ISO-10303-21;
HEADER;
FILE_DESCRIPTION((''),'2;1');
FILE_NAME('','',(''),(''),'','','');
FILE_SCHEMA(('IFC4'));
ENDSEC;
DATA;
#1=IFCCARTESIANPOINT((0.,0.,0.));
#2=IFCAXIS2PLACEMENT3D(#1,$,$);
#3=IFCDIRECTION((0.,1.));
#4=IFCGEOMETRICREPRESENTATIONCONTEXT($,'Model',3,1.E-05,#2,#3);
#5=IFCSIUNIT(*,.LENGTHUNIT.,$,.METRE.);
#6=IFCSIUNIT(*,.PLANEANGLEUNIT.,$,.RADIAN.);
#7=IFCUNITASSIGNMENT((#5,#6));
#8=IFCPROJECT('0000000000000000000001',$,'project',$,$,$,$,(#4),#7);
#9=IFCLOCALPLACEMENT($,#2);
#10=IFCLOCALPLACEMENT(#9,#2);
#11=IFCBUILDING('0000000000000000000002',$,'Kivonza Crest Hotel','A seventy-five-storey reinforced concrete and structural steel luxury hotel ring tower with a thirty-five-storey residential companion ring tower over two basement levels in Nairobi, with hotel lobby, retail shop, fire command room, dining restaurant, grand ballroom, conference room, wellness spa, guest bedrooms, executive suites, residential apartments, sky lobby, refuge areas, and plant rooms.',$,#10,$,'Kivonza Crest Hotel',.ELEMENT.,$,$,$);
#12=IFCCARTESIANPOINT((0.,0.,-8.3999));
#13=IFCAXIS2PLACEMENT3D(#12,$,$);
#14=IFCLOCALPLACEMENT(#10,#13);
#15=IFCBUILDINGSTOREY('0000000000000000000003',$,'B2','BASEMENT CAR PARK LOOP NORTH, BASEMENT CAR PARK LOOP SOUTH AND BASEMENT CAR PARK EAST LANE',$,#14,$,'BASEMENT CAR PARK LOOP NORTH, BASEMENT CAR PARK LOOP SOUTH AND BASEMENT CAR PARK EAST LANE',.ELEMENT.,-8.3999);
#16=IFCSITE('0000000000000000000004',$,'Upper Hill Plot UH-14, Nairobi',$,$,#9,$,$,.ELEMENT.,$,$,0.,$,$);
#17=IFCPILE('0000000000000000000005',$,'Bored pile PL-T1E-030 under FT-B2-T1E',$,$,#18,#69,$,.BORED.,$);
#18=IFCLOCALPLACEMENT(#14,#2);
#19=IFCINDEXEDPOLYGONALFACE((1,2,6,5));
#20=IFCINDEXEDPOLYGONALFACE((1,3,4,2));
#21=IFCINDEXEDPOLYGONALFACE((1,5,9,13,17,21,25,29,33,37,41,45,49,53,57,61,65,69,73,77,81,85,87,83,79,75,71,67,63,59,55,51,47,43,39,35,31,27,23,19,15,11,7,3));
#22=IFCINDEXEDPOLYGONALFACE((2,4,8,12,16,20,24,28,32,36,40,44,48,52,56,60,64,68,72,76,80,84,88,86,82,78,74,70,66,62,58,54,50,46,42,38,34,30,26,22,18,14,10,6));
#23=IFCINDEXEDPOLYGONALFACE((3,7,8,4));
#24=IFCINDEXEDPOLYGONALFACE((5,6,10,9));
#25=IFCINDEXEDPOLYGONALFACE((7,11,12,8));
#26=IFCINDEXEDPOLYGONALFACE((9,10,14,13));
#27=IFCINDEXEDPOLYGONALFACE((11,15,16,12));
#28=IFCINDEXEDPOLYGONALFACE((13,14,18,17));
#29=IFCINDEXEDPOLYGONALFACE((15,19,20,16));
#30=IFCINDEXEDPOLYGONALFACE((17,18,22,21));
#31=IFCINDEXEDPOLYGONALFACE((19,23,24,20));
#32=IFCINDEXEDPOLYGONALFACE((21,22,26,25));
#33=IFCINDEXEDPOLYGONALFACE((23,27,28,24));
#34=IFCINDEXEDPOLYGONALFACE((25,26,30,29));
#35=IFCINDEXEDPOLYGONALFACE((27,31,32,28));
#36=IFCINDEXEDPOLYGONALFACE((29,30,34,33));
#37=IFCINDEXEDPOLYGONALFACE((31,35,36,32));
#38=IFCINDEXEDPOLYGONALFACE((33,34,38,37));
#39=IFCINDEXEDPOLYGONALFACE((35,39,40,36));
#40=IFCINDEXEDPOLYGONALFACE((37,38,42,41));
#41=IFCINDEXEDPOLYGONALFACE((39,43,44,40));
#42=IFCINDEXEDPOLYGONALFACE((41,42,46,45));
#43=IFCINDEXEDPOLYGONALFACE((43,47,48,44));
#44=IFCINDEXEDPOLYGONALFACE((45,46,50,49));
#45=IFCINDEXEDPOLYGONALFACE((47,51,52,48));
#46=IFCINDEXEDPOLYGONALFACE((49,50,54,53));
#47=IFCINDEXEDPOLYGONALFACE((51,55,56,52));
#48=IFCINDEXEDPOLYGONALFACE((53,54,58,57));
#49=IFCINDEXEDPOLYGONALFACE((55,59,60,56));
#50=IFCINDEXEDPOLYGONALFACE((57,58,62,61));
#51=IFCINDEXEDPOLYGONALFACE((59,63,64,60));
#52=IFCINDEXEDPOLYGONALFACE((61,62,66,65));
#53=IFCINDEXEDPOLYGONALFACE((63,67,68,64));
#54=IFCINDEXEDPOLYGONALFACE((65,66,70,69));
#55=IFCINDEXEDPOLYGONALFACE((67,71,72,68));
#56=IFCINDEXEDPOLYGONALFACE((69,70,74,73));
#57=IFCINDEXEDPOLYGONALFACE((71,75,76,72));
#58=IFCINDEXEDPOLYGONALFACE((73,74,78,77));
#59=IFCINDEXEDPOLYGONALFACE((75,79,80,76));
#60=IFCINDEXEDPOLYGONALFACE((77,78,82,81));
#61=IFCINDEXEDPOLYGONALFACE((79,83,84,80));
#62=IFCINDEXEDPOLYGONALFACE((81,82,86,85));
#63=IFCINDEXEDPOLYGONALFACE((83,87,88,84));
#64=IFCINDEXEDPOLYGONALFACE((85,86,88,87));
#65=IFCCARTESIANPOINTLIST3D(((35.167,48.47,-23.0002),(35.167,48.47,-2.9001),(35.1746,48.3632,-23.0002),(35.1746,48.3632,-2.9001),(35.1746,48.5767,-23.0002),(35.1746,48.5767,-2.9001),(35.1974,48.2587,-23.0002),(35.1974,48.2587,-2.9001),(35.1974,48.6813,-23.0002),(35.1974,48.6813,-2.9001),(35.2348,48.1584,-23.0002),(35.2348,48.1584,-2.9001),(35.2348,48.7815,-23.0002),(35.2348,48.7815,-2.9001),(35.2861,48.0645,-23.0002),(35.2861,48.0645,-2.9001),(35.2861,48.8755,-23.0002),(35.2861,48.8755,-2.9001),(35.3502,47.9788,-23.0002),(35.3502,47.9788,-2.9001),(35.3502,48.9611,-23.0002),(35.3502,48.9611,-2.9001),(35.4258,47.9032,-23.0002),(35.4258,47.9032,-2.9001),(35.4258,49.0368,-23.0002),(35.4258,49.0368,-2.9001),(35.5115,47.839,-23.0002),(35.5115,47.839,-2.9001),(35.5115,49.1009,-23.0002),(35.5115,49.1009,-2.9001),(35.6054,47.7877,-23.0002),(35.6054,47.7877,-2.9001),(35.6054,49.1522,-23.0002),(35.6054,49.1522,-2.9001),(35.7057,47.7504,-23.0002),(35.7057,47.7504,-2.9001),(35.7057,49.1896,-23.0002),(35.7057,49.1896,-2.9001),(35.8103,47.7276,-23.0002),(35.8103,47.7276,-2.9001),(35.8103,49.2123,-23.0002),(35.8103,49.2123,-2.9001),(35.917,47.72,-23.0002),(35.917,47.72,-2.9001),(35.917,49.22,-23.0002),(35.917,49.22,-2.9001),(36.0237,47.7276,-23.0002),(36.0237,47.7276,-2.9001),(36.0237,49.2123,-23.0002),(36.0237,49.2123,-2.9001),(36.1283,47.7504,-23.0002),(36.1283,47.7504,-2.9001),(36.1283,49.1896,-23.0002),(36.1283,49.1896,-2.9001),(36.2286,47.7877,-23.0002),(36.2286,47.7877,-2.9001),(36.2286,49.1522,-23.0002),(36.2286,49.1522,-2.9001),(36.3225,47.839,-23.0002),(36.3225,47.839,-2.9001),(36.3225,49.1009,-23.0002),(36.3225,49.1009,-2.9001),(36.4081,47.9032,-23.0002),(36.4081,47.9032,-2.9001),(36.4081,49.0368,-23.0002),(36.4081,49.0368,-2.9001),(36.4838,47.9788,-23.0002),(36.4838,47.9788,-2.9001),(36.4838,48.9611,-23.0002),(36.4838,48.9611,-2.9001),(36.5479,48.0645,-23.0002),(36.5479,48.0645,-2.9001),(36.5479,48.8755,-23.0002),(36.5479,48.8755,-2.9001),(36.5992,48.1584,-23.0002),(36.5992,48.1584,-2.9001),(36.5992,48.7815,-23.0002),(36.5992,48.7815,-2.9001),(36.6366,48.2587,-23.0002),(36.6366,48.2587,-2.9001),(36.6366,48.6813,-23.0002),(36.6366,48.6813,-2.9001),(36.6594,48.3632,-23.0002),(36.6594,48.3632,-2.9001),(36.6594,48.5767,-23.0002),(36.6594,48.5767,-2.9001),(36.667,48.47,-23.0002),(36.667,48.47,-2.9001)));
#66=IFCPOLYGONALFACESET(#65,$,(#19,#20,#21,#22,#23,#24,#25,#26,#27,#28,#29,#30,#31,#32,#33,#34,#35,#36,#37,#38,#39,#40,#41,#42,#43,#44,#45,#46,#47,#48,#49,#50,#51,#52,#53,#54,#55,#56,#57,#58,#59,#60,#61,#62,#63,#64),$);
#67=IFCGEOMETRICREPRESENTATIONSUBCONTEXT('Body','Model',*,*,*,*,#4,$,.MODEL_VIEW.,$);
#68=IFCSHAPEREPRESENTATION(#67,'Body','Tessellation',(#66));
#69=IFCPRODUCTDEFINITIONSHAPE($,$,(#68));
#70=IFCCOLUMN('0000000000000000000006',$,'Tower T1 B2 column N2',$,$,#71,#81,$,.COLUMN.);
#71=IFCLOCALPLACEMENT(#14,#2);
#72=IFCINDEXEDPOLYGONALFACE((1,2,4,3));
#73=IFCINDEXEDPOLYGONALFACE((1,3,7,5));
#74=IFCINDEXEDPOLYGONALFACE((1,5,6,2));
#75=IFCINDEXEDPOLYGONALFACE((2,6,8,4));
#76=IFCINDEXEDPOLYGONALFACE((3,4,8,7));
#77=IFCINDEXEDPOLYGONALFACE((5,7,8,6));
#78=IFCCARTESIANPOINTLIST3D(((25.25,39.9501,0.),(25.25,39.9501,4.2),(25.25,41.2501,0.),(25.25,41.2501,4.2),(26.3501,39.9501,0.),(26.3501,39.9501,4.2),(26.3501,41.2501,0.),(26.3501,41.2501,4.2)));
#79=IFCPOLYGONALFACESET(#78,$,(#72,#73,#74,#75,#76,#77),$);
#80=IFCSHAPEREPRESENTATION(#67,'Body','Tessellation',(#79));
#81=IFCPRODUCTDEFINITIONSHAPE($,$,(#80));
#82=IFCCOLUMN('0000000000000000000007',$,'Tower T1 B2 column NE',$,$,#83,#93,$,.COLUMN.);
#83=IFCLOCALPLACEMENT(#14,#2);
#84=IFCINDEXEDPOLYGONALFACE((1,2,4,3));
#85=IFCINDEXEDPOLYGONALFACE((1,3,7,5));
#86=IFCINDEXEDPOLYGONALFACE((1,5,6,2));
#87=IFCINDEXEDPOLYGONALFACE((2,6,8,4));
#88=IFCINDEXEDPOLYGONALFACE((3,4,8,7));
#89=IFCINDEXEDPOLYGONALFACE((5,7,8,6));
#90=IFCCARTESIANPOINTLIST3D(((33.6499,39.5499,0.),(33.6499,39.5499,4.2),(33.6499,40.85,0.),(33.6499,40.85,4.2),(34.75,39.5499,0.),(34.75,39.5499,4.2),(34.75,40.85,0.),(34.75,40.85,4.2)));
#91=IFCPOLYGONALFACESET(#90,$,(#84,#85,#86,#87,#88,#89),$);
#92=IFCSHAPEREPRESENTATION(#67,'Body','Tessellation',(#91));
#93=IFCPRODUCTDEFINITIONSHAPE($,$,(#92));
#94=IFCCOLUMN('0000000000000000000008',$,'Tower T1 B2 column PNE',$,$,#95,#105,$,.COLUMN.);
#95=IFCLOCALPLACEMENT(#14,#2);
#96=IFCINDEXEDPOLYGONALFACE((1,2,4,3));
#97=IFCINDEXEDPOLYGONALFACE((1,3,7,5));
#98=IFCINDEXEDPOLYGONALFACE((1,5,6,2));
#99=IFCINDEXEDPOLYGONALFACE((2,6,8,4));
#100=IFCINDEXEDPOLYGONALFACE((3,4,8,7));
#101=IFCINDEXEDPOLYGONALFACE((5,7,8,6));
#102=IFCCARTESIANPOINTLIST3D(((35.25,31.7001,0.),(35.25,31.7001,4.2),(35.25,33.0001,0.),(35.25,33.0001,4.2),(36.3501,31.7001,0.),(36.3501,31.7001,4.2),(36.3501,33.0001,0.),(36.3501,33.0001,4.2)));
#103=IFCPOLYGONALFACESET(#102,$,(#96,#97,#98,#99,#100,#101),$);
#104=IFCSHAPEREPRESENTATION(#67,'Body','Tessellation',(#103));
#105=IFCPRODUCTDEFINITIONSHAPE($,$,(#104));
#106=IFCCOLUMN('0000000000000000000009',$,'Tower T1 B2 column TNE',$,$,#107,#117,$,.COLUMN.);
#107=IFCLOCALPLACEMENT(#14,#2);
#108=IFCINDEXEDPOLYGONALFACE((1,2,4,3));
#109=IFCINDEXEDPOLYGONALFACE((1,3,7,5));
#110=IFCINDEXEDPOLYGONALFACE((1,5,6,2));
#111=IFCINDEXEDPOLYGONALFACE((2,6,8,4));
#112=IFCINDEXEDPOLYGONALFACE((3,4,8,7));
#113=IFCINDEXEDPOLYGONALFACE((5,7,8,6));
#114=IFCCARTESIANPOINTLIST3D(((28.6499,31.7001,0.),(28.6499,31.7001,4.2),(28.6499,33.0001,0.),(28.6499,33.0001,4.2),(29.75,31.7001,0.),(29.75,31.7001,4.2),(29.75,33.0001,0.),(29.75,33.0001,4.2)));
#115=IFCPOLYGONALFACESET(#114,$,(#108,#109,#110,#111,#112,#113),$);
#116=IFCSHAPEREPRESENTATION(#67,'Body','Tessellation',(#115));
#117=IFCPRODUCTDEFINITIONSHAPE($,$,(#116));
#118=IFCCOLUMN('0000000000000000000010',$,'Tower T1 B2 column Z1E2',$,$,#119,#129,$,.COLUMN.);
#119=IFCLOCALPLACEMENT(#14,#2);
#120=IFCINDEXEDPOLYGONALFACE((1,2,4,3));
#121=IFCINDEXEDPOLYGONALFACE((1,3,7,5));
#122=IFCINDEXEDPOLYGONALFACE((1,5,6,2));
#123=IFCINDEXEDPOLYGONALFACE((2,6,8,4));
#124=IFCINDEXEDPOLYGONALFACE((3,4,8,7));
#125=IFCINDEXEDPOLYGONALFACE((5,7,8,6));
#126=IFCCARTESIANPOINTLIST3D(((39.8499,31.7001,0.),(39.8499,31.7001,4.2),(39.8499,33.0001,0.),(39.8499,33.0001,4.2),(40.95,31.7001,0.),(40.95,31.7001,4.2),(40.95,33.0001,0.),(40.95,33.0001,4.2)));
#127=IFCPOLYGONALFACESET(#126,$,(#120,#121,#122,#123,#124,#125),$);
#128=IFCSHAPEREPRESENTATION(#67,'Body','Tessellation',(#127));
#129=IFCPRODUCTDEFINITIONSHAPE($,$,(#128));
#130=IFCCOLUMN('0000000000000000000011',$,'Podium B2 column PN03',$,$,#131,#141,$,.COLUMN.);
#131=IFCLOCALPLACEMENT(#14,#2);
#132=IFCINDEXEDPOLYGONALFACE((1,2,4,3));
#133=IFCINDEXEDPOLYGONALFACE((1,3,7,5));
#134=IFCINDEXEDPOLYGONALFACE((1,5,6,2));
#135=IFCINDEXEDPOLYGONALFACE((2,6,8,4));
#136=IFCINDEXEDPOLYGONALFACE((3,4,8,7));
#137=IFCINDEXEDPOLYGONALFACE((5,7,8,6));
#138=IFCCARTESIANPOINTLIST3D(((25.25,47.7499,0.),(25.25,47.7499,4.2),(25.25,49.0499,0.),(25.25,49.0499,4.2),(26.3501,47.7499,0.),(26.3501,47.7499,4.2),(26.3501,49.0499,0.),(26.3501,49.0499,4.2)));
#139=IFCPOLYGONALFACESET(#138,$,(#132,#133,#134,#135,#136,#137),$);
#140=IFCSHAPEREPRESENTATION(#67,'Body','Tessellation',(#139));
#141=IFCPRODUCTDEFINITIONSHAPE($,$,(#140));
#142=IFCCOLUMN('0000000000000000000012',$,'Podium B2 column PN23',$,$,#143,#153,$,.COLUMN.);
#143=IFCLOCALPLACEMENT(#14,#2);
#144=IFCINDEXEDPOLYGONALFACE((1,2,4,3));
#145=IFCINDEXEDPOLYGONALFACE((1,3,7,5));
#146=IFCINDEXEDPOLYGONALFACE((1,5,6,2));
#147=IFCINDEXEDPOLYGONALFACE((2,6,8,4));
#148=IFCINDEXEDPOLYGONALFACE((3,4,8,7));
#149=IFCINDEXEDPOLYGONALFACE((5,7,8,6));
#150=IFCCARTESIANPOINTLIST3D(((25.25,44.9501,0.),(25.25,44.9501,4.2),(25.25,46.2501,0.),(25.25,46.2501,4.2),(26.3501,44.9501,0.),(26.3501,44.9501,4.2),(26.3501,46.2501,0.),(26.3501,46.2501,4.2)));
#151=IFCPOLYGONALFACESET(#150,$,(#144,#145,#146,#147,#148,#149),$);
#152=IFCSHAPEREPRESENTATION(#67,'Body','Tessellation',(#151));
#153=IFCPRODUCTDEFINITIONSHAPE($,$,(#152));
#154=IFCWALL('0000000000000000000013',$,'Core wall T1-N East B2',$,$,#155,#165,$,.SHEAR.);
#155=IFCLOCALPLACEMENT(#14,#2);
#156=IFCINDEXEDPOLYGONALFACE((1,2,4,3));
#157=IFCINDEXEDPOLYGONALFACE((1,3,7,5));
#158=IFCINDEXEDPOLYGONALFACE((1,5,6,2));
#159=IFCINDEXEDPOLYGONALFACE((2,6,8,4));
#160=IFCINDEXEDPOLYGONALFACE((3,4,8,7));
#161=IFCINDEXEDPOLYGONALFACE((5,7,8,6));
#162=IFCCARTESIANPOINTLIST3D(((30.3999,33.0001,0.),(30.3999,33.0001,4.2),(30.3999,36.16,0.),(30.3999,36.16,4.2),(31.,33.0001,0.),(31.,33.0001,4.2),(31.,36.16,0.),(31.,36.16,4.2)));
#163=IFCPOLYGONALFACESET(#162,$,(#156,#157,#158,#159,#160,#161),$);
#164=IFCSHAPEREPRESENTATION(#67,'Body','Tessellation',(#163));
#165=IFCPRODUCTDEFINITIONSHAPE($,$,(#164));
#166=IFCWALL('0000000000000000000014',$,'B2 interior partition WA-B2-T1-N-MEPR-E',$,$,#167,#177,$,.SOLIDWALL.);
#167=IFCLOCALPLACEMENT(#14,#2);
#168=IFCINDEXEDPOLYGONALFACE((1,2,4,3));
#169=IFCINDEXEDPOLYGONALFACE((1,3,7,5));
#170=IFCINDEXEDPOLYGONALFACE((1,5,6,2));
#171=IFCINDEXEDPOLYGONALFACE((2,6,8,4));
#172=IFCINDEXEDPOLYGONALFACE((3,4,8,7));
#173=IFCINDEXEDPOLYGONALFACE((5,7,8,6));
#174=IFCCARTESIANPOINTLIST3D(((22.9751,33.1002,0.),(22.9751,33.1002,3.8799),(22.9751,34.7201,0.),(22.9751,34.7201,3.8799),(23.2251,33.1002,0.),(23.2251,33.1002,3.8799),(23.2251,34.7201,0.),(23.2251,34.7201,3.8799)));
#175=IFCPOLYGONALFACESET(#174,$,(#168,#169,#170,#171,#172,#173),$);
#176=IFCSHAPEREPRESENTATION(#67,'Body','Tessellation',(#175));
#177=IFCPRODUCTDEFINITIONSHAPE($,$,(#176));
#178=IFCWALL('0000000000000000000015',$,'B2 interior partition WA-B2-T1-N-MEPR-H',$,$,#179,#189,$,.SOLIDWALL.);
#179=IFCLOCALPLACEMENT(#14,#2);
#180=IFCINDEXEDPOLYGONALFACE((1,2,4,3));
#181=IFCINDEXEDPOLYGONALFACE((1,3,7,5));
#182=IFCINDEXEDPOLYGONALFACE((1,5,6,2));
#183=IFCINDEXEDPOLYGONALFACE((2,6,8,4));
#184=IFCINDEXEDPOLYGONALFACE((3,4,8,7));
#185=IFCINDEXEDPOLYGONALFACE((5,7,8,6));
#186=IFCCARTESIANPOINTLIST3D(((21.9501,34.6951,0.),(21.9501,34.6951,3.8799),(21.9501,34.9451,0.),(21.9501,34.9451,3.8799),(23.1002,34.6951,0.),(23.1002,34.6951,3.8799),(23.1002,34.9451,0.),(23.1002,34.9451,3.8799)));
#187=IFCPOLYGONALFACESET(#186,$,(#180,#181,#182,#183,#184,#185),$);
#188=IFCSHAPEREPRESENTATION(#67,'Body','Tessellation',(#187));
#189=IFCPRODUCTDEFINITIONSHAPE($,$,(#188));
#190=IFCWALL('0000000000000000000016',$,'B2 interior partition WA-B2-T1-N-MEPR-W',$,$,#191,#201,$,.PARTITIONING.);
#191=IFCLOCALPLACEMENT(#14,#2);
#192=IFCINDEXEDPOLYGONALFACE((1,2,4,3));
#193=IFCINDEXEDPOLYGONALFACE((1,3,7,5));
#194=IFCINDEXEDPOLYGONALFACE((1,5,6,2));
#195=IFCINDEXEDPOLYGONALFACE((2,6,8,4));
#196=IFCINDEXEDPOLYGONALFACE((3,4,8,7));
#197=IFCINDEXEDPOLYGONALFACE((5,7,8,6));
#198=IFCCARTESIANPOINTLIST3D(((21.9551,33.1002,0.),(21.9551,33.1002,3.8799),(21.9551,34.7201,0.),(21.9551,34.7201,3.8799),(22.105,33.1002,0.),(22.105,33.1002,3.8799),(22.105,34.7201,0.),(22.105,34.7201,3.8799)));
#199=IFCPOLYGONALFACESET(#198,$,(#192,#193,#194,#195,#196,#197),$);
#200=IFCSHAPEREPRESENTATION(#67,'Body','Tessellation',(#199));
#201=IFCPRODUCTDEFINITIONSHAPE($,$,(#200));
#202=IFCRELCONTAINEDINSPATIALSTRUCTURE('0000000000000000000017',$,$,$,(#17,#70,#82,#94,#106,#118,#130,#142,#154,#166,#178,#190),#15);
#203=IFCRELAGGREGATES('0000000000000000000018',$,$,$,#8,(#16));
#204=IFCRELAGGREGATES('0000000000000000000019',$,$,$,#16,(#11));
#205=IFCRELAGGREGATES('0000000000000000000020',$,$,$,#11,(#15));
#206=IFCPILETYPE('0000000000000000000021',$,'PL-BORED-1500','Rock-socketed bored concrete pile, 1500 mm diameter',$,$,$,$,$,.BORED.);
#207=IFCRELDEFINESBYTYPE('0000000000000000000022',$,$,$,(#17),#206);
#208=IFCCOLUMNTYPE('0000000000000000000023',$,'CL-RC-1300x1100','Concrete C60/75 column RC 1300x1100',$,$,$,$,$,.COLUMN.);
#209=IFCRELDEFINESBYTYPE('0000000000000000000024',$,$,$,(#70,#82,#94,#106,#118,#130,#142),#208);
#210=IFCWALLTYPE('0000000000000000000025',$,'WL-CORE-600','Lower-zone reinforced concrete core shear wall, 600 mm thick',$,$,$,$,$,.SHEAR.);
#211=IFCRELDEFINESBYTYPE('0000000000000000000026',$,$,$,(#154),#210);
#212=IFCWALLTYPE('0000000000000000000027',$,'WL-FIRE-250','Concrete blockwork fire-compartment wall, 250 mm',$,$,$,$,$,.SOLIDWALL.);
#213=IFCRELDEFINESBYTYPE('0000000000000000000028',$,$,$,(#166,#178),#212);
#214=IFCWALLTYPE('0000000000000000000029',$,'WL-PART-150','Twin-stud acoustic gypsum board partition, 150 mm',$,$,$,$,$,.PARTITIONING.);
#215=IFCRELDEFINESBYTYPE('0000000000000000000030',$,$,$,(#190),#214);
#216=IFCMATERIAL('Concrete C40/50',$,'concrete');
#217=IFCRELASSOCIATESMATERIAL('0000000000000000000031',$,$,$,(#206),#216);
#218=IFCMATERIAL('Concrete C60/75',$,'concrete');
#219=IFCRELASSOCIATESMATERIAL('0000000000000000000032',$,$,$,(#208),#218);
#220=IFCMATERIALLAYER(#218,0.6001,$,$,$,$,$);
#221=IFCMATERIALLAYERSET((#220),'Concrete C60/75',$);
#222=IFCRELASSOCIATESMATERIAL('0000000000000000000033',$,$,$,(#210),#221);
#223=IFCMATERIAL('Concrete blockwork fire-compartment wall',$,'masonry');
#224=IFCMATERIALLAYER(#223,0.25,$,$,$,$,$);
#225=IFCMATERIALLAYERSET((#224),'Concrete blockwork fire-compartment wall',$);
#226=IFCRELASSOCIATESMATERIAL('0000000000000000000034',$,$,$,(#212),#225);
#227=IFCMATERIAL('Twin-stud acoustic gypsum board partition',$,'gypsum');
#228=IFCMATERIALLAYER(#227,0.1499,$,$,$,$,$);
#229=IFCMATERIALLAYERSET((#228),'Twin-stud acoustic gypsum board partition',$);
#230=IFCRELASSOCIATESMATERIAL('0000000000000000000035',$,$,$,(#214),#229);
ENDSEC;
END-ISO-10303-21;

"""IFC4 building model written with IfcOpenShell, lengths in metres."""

from ifc_helpers import new_model, si_unit, direction, frame, frame_2d, origin, origin_2d, place, context, subcontext, project, spatial, rectangle, circle, extrude, material, layer, layer_set, material_profile, profile_set, type_object, element, save


model = new_model("IFC4")

# Units and contexts
model_context = context("Model", 3, precision=1e-05, world=origin(), true_north=direction((0.0, 1.0)))
body_context = subcontext(model_context, "Body", "Model", "MODEL_VIEW")
ifc_project = project(units=[si_unit("LENGTHUNIT", "METRE"), si_unit("PLANEANGLEUNIT", "RADIAN")], contexts=[model_context])

# Site, building, storey
site_placement = place(None, origin())
site = spatial("IfcSite", under=ifc_project, at=site_placement, Name="Upper Hill Plot UH-14, Nairobi", CompositionType="ELEMENT", RefElevation=0.0)
building_placement = place(site_placement, origin())
building = spatial("IfcBuilding", under=site, at=building_placement, Name="Kivonza Crest Hotel", Description="A seventy-five-storey reinforced concrete and structural steel luxury hotel ring tower with a thirty-five-storey residential companion ring tower over two basement levels in Nairobi, with hotel lobby, retail shop, fire command room, dining restaurant, grand ballroom, conference room, wellness spa, guest bedrooms, executive suites, residential apartments, sky lobby, refuge areas, and plant rooms.", LongName="Kivonza Crest Hotel", CompositionType="ELEMENT")
storey_placement = place(building_placement, frame((0.0, 0.0, -8.3999)))
storey = spatial("IfcBuildingStorey", under=building, at=storey_placement, Name="B2", Description="BASEMENT CAR PARK LOOP NORTH, BASEMENT CAR PARK LOOP SOUTH AND BASEMENT CAR PARK EAST LANE", LongName="BASEMENT CAR PARK LOOP NORTH, BASEMENT CAR PARK LOOP SOUTH AND BASEMENT CAR PARK EAST LANE", CompositionType="ELEMENT", Elevation=-8.3999)

# Pile
ifc_material_1 = material(Name="Concrete C40/50", Category="concrete")
ifc_material_profile_1 = material_profile(ifc_material_1, circle(Radius=0.75, at=origin_2d()), Name="PILE D1500")
ifc_profile_set_1 = profile_set([ifc_material_profile_1], Name="Concrete C40/50")
pile_type = type_object("IfcPileType", Name="PL-BORED-1500", Description="Rock-socketed bored concrete pile, 1500 mm diameter", PredefinedType="BORED", material=ifc_profile_set_1)
for number, where, z_axis, x_axis, name in (
    (1, (35.917, 48.47, -2.9001), (0.0, 0.0, -1.0), (1.0, 0.0, 0.0), "Bored pile PL-T1E-030 under FT-B2-T1E"),
):
    element("IfcPile", number, at=place(storey_placement, frame(where, z_axis=z_axis, x_axis=x_axis)), inside=storey, type_object=pile_type, Name=name, PredefinedType="BORED", context=body_context, shape_type="SweptSolid", body=[
        extrude(circle(Radius=0.75, at=origin_2d()), origin(), (0.0, 0.0, 1.0), 20.1001),
    ])

# Columns
ifc_material_2 = material(Name="Concrete C60/75", Category="concrete")
ifc_material_profile_2 = material_profile(ifc_material_2, rectangle(XDim=1.1001, YDim=1.3, at=origin_2d()), Name="RC 1300x1100")
ifc_profile_set_2 = profile_set([ifc_material_profile_2], Name="Concrete C60/75")
column_type = type_object("IfcColumnType", Name="CL-RC-1300x1100", Description="Concrete C60/75 column RC 1300x1100", PredefinedType="COLUMN", material=ifc_profile_set_2)
for number, where, z_axis, x_axis, name in (
    (2, (25.8, 40.6001, 0.0), (0.0, 0.0, 1.0), (1.0, 0.0, 0.0), "Tower T1 B2 column N2"),
    (3, (34.2, 40.2, 0.0), (0.0, 0.0, 1.0), (1.0, 0.0, 0.0), "Tower T1 B2 column NE"),
    (4, (35.8, 32.3501, 0.0), (0.0, 0.0, 1.0), (1.0, 0.0, 0.0), "Tower T1 B2 column PNE"),
    (5, (29.2, 32.3501, 0.0), (0.0, 0.0, 1.0), (1.0, 0.0, 0.0), "Tower T1 B2 column TNE"),
    (6, (40.3999, 32.3501, 0.0), (0.0, 0.0, 1.0), (1.0, 0.0, 0.0), "Tower T1 B2 column Z1E2"),
    (7, (25.8, 48.3999, 0.0), (0.0, 0.0, 1.0), (1.0, 0.0, 0.0), "Podium B2 column PN03"),
    (8, (25.8, 45.6001, 0.0), (0.0, 0.0, 1.0), (1.0, 0.0, 0.0), "Podium B2 column PN23"),
):
    element("IfcColumn", number, at=place(storey_placement, frame(where, z_axis=z_axis, x_axis=x_axis)), inside=storey, type_object=column_type, Name=name, PredefinedType="COLUMN", context=body_context, shape_type="SweptSolid", body=[
        extrude(rectangle(XDim=1.1001, YDim=1.3, at=origin_2d()), origin(), (0.0, 0.0, 1.0), 4.2),
    ])

# Walls
ifc_layer_1 = layer(ifc_material_2, 0.6001)
ifc_layer_set_1 = layer_set([ifc_layer_1], Name="Concrete C60/75")
wall_type_1 = type_object("IfcWallType", Name="WL-CORE-600", Description="Lower-zone reinforced concrete core shear wall, 600 mm thick", PredefinedType="SHEAR", material=ifc_layer_set_1)
wall_1_placement = place(storey_placement, frame((30.7, 33.0, 0.0), z_axis=(0.0, 0.0, 1.0), x_axis=(0.0, 1.0, 0.0)))
element("IfcWall", 9, at=wall_1_placement, inside=storey, type_object=wall_type_1, Name="Core wall T1-N East B2", PredefinedType="SHEAR", context=body_context, shape_type="SweptSolid", body=[
    extrude(rectangle(XDim=3.1599, YDim=0.6001, at=frame_2d((1.5801, 0.0))), origin(), (0.0, 0.0, 1.0), 4.2),
])
ifc_material_3 = material(Name="Concrete blockwork fire-compartment wall", Category="masonry")
ifc_layer_2 = layer(ifc_material_3, 0.25)
ifc_layer_set_2 = layer_set([ifc_layer_2], Name="Concrete blockwork fire-compartment wall")
wall_type_2 = type_object("IfcWallType", Name="WL-FIRE-250", Description="Concrete blockwork fire-compartment wall, 250 mm", PredefinedType="SOLIDWALL", material=ifc_layer_set_2)
wall_2_placement = place(storey_placement, frame((23.1001, 33.1001, 0.0), z_axis=(0.0, 0.0, 1.0), x_axis=(0.0, 1.0, 0.0)))
element("IfcWall", 10, at=wall_2_placement, inside=storey, type_object=wall_type_2, Name="B2 interior partition WA-B2-T1-N-MEPR-E", PredefinedType="SOLIDWALL", context=body_context, shape_type="SweptSolid", body=[
    extrude(rectangle(XDim=1.6199, YDim=0.25, at=frame_2d((0.8101, 0.0))), origin(), (0.0, 0.0, 1.0), 3.8799),
])
wall_3_placement = place(storey_placement, frame((21.95, 34.8201, 0.0), z_axis=(0.0, 0.0, 1.0), x_axis=(1.0, 0.0, 0.0)))
element("IfcWall", 11, at=wall_3_placement, inside=storey, type_object=wall_type_2, Name="B2 interior partition WA-B2-T1-N-MEPR-H", PredefinedType="SOLIDWALL", context=body_context, shape_type="SweptSolid", body=[
    extrude(rectangle(XDim=1.1501, YDim=0.25, at=frame_2d((0.5752, 0.0))), origin(), (0.0, 0.0, 1.0), 3.8799),
])
ifc_material_4 = material(Name="Twin-stud acoustic gypsum board partition", Category="gypsum")
ifc_layer_3 = layer(ifc_material_4, 0.1499)
ifc_layer_set_3 = layer_set([ifc_layer_3], Name="Twin-stud acoustic gypsum board partition")
wall_type_3 = type_object("IfcWallType", Name="WL-PART-150", Description="Twin-stud acoustic gypsum board partition, 150 mm", PredefinedType="PARTITIONING", material=ifc_layer_set_3)
wall_4_placement = place(storey_placement, frame((22.03, 33.1001, 0.0), z_axis=(0.0, 0.0, 1.0), x_axis=(0.0, 1.0, 0.0)))
element("IfcWall", 12, at=wall_4_placement, inside=storey, type_object=wall_type_3, Name="B2 interior partition WA-B2-T1-N-MEPR-W", PredefinedType="PARTITIONING", context=body_context, shape_type="SweptSolid", body=[
    extrude(rectangle(XDim=1.6199, YDim=0.1499, at=frame_2d((0.8101, 0.0))), origin(), (0.0, 0.0, 1.0), 3.8799),
])

save(model, "model.ifc")
